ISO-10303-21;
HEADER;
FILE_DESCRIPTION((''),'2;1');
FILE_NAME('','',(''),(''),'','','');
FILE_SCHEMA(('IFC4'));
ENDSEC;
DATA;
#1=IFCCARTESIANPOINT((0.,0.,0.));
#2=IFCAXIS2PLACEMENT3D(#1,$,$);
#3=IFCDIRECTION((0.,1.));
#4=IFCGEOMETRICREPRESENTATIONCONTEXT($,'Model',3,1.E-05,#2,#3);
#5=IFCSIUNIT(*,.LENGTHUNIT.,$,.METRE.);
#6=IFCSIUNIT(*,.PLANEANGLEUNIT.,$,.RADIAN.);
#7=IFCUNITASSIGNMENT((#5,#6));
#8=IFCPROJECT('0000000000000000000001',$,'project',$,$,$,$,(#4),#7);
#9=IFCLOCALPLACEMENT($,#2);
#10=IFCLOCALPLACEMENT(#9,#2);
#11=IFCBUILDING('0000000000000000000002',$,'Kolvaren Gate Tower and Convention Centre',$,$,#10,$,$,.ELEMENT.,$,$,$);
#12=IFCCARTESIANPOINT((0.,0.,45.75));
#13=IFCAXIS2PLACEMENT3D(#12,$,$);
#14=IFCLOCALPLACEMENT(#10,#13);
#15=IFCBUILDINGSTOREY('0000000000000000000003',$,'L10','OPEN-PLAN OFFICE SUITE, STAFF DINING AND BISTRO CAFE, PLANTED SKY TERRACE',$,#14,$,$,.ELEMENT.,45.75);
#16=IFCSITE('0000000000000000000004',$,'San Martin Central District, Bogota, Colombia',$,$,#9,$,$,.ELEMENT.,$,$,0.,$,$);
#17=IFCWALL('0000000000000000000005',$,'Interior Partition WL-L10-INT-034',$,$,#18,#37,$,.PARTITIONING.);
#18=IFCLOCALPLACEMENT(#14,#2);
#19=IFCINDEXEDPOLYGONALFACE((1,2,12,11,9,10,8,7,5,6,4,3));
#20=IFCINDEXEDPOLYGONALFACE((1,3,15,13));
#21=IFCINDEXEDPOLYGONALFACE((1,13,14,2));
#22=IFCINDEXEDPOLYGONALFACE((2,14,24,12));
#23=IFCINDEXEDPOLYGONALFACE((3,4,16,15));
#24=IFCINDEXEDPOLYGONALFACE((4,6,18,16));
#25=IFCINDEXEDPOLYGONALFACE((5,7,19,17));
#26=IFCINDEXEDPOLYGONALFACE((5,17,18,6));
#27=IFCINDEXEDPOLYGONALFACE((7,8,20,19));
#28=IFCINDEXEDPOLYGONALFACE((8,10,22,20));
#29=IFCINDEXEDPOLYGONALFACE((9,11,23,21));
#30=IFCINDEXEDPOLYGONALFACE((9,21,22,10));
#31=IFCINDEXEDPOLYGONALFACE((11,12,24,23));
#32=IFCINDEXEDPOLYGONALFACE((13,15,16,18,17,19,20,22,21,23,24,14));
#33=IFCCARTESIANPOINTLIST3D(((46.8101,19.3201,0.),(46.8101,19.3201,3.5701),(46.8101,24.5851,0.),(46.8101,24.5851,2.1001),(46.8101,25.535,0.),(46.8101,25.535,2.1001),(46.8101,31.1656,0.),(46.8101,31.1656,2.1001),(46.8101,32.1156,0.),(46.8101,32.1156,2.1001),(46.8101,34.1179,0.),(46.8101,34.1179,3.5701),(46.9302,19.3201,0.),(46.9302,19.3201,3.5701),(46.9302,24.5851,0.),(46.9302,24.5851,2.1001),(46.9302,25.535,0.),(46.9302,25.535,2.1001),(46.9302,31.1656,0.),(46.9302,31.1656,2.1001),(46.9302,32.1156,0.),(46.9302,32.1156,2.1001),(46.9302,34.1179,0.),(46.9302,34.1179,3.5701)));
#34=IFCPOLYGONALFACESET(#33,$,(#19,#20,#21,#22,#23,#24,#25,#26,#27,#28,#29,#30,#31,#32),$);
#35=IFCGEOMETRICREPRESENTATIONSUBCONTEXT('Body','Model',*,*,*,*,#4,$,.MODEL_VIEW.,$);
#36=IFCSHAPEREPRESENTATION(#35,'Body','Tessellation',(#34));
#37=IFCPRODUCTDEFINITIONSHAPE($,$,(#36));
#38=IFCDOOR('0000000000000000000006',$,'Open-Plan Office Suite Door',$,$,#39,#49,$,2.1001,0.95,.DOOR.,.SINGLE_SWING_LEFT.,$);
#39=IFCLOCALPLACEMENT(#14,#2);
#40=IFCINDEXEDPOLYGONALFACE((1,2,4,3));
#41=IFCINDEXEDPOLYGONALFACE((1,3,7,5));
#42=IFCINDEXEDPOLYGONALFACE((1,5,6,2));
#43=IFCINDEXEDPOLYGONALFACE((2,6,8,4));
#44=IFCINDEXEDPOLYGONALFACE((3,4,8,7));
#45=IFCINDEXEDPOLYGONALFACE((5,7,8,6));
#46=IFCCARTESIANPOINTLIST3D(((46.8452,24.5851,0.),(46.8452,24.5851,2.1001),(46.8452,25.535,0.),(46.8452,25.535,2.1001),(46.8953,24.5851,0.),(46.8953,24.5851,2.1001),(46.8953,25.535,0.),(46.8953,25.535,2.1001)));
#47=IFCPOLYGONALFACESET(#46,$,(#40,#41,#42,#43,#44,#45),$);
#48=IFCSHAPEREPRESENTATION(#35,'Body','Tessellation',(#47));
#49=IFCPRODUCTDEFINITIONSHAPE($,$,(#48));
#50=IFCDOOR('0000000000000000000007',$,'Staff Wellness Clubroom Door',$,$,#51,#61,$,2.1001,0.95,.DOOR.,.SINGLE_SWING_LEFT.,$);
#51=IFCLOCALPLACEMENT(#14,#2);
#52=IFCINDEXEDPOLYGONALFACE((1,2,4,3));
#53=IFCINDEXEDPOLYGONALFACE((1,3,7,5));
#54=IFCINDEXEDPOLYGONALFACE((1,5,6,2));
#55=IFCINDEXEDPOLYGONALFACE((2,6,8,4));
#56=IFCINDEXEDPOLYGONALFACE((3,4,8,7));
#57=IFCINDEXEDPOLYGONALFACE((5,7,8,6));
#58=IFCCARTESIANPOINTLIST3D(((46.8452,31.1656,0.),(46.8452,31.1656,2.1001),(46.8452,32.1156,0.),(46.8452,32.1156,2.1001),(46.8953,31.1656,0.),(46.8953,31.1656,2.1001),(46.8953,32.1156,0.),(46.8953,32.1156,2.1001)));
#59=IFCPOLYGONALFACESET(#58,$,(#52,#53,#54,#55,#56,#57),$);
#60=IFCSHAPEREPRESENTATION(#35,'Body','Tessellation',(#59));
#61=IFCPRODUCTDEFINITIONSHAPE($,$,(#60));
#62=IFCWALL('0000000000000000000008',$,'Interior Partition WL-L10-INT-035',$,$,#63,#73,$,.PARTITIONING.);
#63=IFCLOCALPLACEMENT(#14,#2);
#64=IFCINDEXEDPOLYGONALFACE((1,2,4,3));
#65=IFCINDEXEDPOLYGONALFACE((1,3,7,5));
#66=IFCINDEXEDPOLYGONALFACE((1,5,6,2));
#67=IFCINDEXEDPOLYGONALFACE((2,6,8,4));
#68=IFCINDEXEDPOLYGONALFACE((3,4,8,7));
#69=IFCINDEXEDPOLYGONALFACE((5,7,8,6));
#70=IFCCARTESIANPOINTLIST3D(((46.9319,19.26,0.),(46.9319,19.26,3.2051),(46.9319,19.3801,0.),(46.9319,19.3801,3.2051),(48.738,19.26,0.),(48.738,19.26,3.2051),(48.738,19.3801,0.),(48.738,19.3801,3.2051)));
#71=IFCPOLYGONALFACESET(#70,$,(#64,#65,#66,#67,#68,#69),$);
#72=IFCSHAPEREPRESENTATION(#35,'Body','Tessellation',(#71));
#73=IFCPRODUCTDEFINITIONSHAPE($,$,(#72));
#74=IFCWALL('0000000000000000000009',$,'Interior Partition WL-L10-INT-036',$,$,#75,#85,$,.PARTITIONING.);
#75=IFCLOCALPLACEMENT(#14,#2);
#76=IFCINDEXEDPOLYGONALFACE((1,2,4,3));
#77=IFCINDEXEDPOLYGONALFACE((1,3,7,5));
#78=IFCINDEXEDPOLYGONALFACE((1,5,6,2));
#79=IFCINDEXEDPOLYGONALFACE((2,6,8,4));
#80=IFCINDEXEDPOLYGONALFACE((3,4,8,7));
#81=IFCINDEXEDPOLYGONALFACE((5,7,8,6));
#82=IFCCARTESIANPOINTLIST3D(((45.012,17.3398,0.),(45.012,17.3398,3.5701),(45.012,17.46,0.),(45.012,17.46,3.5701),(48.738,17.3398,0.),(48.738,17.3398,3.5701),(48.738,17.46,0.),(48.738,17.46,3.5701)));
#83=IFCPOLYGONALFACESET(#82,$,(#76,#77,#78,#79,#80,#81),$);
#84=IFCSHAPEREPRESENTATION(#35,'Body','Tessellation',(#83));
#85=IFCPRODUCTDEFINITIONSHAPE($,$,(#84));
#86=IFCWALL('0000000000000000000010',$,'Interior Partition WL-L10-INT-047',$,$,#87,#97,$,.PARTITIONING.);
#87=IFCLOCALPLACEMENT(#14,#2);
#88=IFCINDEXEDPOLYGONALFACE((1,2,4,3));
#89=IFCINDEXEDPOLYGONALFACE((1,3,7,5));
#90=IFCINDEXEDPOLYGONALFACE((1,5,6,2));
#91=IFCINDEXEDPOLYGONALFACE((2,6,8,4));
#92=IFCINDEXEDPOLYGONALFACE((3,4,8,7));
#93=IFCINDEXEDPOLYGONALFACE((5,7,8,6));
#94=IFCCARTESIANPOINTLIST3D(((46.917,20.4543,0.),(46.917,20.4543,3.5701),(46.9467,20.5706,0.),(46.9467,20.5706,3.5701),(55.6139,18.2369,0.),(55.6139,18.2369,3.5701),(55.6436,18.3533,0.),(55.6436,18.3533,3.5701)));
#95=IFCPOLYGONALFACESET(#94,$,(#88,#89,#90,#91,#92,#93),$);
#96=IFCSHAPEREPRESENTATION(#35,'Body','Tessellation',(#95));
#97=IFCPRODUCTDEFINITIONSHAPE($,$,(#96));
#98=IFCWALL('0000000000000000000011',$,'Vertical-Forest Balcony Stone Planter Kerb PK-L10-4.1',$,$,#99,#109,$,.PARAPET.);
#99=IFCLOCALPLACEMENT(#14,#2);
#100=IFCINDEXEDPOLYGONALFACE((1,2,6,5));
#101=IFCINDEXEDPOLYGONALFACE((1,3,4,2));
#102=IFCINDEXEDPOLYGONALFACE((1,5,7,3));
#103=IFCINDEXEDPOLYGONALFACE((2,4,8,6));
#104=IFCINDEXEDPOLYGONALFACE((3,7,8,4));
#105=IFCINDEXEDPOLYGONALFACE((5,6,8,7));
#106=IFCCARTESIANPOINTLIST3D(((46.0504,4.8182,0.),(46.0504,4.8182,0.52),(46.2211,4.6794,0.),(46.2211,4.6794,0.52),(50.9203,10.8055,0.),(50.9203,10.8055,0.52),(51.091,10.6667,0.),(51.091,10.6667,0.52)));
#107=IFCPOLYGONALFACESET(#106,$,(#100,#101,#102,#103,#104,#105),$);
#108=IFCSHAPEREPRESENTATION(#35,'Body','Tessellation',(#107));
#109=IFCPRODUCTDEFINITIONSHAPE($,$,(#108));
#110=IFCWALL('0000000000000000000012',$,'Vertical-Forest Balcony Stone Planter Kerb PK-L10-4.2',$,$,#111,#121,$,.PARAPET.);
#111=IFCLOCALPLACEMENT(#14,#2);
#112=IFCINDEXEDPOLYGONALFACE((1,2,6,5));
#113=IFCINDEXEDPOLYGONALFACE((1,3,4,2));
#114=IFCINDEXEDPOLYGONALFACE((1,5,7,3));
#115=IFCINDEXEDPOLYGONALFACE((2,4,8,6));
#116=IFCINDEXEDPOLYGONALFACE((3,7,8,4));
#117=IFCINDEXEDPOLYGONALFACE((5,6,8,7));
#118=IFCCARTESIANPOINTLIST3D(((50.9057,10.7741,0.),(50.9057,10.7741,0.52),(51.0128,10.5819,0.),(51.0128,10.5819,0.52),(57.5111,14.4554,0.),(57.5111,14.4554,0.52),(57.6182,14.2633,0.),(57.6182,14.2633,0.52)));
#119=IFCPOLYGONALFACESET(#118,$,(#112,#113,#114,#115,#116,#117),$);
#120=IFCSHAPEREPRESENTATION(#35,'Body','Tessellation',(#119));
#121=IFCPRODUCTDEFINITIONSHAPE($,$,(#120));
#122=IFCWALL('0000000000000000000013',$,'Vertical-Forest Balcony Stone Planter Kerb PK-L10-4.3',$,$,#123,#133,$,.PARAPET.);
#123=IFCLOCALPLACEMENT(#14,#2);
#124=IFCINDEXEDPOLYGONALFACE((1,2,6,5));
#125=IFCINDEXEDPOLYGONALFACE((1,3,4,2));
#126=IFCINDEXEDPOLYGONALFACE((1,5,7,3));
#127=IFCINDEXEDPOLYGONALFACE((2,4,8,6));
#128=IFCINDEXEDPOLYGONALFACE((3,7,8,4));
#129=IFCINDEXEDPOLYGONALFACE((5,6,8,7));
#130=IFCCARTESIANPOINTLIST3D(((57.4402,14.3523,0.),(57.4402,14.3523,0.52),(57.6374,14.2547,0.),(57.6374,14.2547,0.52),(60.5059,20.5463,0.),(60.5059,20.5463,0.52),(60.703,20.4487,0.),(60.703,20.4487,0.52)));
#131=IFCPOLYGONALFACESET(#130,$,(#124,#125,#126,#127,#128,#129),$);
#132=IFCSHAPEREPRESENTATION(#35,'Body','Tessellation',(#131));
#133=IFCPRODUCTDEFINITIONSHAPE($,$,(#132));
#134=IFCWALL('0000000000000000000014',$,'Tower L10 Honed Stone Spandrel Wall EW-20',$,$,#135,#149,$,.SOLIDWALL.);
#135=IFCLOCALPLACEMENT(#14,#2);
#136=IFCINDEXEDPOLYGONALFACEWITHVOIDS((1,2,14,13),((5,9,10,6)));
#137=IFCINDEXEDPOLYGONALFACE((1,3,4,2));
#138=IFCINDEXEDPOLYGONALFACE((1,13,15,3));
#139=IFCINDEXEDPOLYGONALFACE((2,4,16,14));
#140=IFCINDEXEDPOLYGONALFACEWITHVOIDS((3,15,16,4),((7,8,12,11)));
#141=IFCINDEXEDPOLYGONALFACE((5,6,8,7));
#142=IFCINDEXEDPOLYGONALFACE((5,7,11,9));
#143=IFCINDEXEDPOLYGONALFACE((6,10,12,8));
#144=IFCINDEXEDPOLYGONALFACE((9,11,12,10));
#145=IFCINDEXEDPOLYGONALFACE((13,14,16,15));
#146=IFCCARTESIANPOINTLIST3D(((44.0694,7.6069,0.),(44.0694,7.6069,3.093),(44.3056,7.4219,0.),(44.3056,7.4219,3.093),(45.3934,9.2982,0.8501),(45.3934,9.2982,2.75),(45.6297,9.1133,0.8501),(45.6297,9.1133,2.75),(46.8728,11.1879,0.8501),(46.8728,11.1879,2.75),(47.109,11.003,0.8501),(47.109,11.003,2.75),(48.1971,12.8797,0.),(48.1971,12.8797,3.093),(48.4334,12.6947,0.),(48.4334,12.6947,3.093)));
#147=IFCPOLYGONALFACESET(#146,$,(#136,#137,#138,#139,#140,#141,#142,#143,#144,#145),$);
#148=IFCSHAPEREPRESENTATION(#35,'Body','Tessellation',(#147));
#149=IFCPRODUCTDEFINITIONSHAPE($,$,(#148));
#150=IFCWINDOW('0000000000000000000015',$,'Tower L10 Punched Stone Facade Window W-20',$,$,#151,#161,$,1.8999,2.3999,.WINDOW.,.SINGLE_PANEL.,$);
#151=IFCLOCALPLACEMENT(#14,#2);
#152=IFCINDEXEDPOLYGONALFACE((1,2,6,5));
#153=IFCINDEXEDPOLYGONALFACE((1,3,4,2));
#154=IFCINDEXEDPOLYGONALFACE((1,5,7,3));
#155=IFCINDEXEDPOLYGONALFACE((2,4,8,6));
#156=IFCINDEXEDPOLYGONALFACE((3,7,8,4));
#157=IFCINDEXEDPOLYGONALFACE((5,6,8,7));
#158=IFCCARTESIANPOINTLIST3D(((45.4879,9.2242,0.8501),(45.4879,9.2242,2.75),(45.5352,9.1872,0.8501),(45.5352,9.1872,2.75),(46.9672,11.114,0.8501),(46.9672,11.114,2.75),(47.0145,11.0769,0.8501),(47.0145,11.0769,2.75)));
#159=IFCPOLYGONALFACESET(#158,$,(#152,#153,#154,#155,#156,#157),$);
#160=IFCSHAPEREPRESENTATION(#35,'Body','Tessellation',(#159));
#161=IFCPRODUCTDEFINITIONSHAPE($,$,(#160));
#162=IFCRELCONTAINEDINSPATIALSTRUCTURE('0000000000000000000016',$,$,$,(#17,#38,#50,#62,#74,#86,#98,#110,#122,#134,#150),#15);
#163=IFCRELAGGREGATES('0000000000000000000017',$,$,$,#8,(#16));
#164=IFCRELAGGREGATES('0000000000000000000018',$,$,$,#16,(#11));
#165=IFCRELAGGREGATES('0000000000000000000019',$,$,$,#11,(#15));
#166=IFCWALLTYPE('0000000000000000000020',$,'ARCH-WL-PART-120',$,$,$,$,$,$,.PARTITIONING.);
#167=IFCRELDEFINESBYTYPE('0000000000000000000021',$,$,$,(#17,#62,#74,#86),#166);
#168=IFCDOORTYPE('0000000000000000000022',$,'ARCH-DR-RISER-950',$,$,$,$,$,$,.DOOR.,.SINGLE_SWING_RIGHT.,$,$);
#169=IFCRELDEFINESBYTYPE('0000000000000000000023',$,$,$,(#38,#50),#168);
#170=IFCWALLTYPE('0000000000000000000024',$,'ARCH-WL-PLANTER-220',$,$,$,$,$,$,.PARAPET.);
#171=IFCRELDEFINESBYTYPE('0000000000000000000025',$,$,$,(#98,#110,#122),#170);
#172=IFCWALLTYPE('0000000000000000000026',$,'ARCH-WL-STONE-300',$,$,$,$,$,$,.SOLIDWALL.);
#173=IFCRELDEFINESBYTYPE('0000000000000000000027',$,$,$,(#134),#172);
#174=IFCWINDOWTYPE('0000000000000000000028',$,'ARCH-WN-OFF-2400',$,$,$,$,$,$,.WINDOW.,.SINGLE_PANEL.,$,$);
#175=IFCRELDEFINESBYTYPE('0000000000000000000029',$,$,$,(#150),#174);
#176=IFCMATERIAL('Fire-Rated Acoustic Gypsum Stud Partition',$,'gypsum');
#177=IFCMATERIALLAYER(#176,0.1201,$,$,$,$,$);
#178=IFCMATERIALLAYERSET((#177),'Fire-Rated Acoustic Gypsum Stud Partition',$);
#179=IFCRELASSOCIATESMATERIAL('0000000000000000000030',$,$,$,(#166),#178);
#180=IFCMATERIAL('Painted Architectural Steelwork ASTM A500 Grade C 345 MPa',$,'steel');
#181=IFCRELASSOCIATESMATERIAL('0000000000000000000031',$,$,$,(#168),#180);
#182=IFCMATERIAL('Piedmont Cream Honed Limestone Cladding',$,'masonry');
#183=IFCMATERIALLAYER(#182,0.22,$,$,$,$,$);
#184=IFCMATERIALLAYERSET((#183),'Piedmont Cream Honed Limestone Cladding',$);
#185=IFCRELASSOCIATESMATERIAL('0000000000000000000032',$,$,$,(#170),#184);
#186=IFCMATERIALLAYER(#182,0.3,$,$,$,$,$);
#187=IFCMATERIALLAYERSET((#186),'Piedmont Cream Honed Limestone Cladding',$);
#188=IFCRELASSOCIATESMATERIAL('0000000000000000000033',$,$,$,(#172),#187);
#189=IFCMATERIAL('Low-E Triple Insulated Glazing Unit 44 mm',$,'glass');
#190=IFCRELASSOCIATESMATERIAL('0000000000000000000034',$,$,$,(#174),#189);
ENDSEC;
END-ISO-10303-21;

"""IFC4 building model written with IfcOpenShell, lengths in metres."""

from ifc_helpers import new_model, si_unit, direction, frame, frame_2d, origin, place, context, subcontext, project, spatial, rectangle, extrude, material, layer, layer_set, type_object, element, fill, save


model = new_model("IFC4")

# Units and contexts
model_context = context("Model", 3, precision=1e-05, world=origin(), true_north=direction((0.0, 1.0)))
body_context = subcontext(model_context, "Body", "Model", "MODEL_VIEW")
ifc_project = project(units=[si_unit("LENGTHUNIT", "METRE"), si_unit("PLANEANGLEUNIT", "RADIAN")], contexts=[model_context])

# Site, building, storey
site_placement = place(None, origin())
site = spatial("IfcSite", under=ifc_project, at=site_placement, Name="San Martin Central District, Bogota, Colombia", CompositionType="ELEMENT", RefElevation=0.0)
building_placement = place(site_placement, origin())
building = spatial("IfcBuilding", under=site, at=building_placement, Name="Kolvaren Gate Tower and Convention Centre", CompositionType="ELEMENT")
storey_placement = place(building_placement, frame((0.0, 0.0, 45.75)))
storey = spatial("IfcBuildingStorey", under=building, at=storey_placement, Name="L10", Description="OPEN-PLAN OFFICE SUITE, STAFF DINING AND BISTRO CAFE, PLANTED SKY TERRACE", CompositionType="ELEMENT", Elevation=45.75)

# Shared definitions
ifc_material_1 = material(Name="Fire-Rated Acoustic Gypsum Stud Partition", Category="gypsum")
ifc_layer_1 = layer(ifc_material_1, 0.1201)
ifc_layer_set_1 = layer_set([ifc_layer_1], Name="Fire-Rated Acoustic Gypsum Stud Partition")
wall_type_1 = type_object("IfcWallType", Name="ARCH-WL-PART-120", PredefinedType="PARTITIONING", material=ifc_layer_set_1)
ifc_material_2 = material(Name="Painted Architectural Steelwork ASTM A500 Grade C 345 MPa", Category="steel")
door_type_1 = type_object("IfcDoorType", Name="ARCH-DR-RISER-950", OperationType="SINGLE_SWING_RIGHT", PredefinedType="DOOR", material=ifc_material_2)

# Wall, openings, doors
wall_1_placement = place(storey_placement, frame((46.8701, 19.3201, 0.0), z_axis=(0.0, 0.0, 1.0), x_axis=(0.0, 1.0, 0.0)))
wall_1 = element("IfcWall", 1, at=wall_1_placement, inside=storey, type_object=wall_type_1, Name="Interior Partition WL-L10-INT-034", PredefinedType="PARTITIONING", context=body_context, shape_type="SweptSolid", body=[
    extrude(rectangle(XDim=14.7979, YDim=0.1201, at=frame_2d((7.3989, 0.0))), origin(), (0.0, 0.0, 1.0), 3.5701),
])
opening_1_placement = place(wall_1_placement, frame((5.2649, 0.0, 0.0)))
opening_1 = element("IfcOpeningElement", 2, at=opening_1_placement, cuts=wall_1, PredefinedType="OPENING", context=body_context, shape_type="SweptSolid", body=[
    extrude(rectangle(XDim=0.95, YDim=2.1001, at=frame_2d((0.4751, 1.05))), frame((0.0, 0.0701, 0.0), z_axis=(0.0, -1.0, 0.0), x_axis=(1.0, 0.0, 0.0)), (0.0, 0.0, 1.0), 0.1401),
])
opening_2_placement = place(wall_1_placement, frame((11.8455, 0.0, 0.0)))
opening_2 = element("IfcOpeningElement", 3, at=opening_2_placement, cuts=wall_1, PredefinedType="OPENING", context=body_context, shape_type="SweptSolid", body=[
    extrude(rectangle(XDim=0.95, YDim=2.1001, at=frame_2d((0.4751, 1.05))), frame((0.0, 0.0701, 0.0), z_axis=(0.0, -1.0, 0.0), x_axis=(1.0, 0.0, 0.0)), (0.0, 0.0, 1.0), 0.1401),
])
door_1_placement = place(opening_1_placement, origin())
door_1 = element("IfcDoor", 4, at=door_1_placement, inside=storey, type_object=door_type_1, Name="Open-Plan Office Suite Door", OperationType="SINGLE_SWING_LEFT", OverallHeight=2.1001, OverallWidth=0.95, PredefinedType="DOOR", context=body_context, shape_type="SweptSolid", body=[
    extrude(rectangle(XDim=0.95, YDim=2.1001, at=frame_2d((0.4751, 1.05))), frame((0.0, 0.0249, 0.0), z_axis=(0.0, -1.0, 0.0), x_axis=(1.0, 0.0, 0.0)), (0.0, 0.0, 1.0), 0.05),
])
fill(opening_1, door_1)
door_2_placement = place(opening_2_placement, origin())
door_2 = element("IfcDoor", 5, at=door_2_placement, inside=storey, type_object=door_type_1, Name="Staff Wellness Clubroom Door", OperationType="SINGLE_SWING_LEFT", OverallHeight=2.1001, OverallWidth=0.95, PredefinedType="DOOR", context=body_context, shape_type="SweptSolid", body=[
    extrude(rectangle(XDim=0.95, YDim=2.1001, at=frame_2d((0.4751, 1.05))), frame((0.0, 0.0249, 0.0), z_axis=(0.0, -1.0, 0.0), x_axis=(1.0, 0.0, 0.0)), (0.0, 0.0, 1.0), 0.05),
])
fill(opening_2, door_2)

# Walls
wall_2_placement = place(storey_placement, frame((46.9319, 19.3201, 0.0), z_axis=(0.0, 0.0, 1.0), x_axis=(1.0, 0.0, 0.0)))
element("IfcWall", 6, at=wall_2_placement, inside=storey, type_object=wall_type_1, Name="Interior Partition WL-L10-INT-035", PredefinedType="PARTITIONING", context=body_context, shape_type="SweptSolid", body=[
    extrude(rectangle(XDim=1.8062, YDim=0.1201, at=frame_2d((0.9031, 0.0))), origin(), (0.0, 0.0, 1.0), 3.2051),
])
wall_3_placement = place(storey_placement, frame((45.012, 17.3999, 0.0), z_axis=(0.0, 0.0, 1.0), x_axis=(1.0, 0.0, 0.0)))
element("IfcWall", 7, at=wall_3_placement, inside=storey, type_object=wall_type_1, Name="Interior Partition WL-L10-INT-036", PredefinedType="PARTITIONING", context=body_context, shape_type="SweptSolid", body=[
    extrude(rectangle(XDim=3.7261, YDim=0.1201, at=frame_2d((1.863, 0.0))), origin(), (0.0, 0.0, 1.0), 3.5701),
])
wall_4_placement = place(storey_placement, frame((46.9319, 20.5125, 0.0), z_axis=(0.0, 0.0, 1.0), x_axis=(0.969002, -0.247052, 0.0)))
element("IfcWall", 8, at=wall_4_placement, inside=storey, type_object=wall_type_1, Name="Interior Partition WL-L10-INT-047", PredefinedType="PARTITIONING", context=body_context, shape_type="SweptSolid", body=[
    extrude(rectangle(XDim=8.9751, YDim=0.1201, at=frame_2d((4.4875, 0.0))), origin(), (0.0, 0.0, 1.0), 3.5701),
])
ifc_material_3 = material(Name="Piedmont Cream Honed Limestone Cladding", Category="masonry")
ifc_layer_2 = layer(ifc_material_3, 0.22)
ifc_layer_set_2 = layer_set([ifc_layer_2], Name="Piedmont Cream Honed Limestone Cladding")
wall_type_2 = type_object("IfcWallType", Name="ARCH-WL-PLANTER-220", PredefinedType="PARAPET", material=ifc_layer_set_2)
wall_5_placement = place(storey_placement, frame((46.1357, 4.7488, 0.0), z_axis=(0.0, 0.0, 1.0), x_axis=(0.630997, 0.775785, 0.0)))
element("IfcWall", 9, at=wall_5_placement, inside=storey, type_object=wall_type_2, Name="Vertical-Forest Balcony Stone Planter Kerb PK-L10-4.1", PredefinedType="PARAPET", context=body_context, shape_type="SweptSolid", body=[
    extrude(rectangle(XDim=7.7178, YDim=0.22, at=frame_2d((3.8589, 0.0))), origin(), (0.0, 0.0, 1.0), 0.52),
])
wall_6_placement = place(storey_placement, frame((50.9592, 10.678, 0.0), z_axis=(0.0, 0.0, 1.0), x_axis=(0.8735, 0.486824, 0.0)))
element("IfcWall", 10, at=wall_6_placement, inside=storey, type_object=wall_type_2, Name="Vertical-Forest Balcony Stone Planter Kerb PK-L10-4.2", PredefinedType="PARAPET", context=body_context, shape_type="SweptSolid", body=[
    extrude(rectangle(XDim=7.562, YDim=0.22, at=frame_2d((3.781, 0.0))), origin(), (0.0, 0.0, 1.0), 0.52),
])
wall_7_placement = place(storey_placement, frame((57.5388, 14.3035, 0.0), z_axis=(0.0, 0.0, 1.0), x_axis=(0.443578, 0.896236, 0.0)))
element("IfcWall", 11, at=wall_7_placement, inside=storey, type_object=wall_type_2, Name="Vertical-Forest Balcony Stone Planter Kerb PK-L10-4.3", PredefinedType="PARAPET", context=body_context, shape_type="SweptSolid", body=[
    extrude(rectangle(XDim=6.9111, YDim=0.22, at=frame_2d((3.4556, 0.0))), origin(), (0.0, 0.0, 1.0), 0.52),
])

# Wall, opening, window
ifc_layer_3 = layer(ifc_material_3, 0.3)
ifc_layer_set_3 = layer_set([ifc_layer_3], Name="Piedmont Cream Honed Limestone Cladding")
wall_type_3 = type_object("IfcWallType", Name="ARCH-WL-STONE-300", PredefinedType="SOLIDWALL", material=ifc_layer_set_3)
wall_8_placement = place(storey_placement, frame((44.1875, 7.5144, 0.0), z_axis=(0.0, 0.0, 1.0), x_axis=(0.616421, 0.787417, 0.0)))
wall_8 = element("IfcWall", 12, at=wall_8_placement, inside=storey, type_object=wall_type_3, Name="Tower L10 Honed Stone Spandrel Wall EW-20", PredefinedType="SOLIDWALL", context=body_context, shape_type="SweptSolid", body=[
    extrude(rectangle(XDim=6.6963, YDim=0.3, at=frame_2d((3.3481, 0.0))), origin(), (0.0, 0.0, 1.0), 3.093),
])
opening_3_placement = place(wall_8_placement, frame((2.1479, 0.0, 0.8501)))
opening_3 = element("IfcOpeningElement", 13, at=opening_3_placement, cuts=wall_8, PredefinedType="OPENING", context=body_context, shape_type="SweptSolid", body=[
    extrude(rectangle(XDim=2.3999, YDim=1.8999, at=frame_2d((1.2, 0.95))), frame((0.0, 0.1599, 0.0), z_axis=(0.0, -1.0, 0.0), x_axis=(1.0, 0.0, 0.0)), (0.0, 0.0, 1.0), 0.3201),
])
ifc_material_4 = material(Name="Low-E Triple Insulated Glazing Unit 44 mm", Category="glass")
window_type = type_object("IfcWindowType", Name="ARCH-WN-OFF-2400", PartitioningType="SINGLE_PANEL", PredefinedType="WINDOW", material=ifc_material_4)
window_1_placement = place(opening_3_placement, origin())
window_1 = element("IfcWindow", 14, at=window_1_placement, inside=storey, type_object=window_type, Name="Tower L10 Punched Stone Facade Window W-20", OverallHeight=1.8999, OverallWidth=2.3999, PartitioningType="SINGLE_PANEL", PredefinedType="WINDOW", context=body_context, shape_type="SweptSolid", body=[
    extrude(rectangle(XDim=2.3999, YDim=1.8999, at=frame_2d((1.2, 0.95))), frame((0.0, 0.03, 0.0), z_axis=(0.0, -1.0, 0.0), x_axis=(1.0, 0.0, 0.0)), (0.0, 0.0, 1.0), 0.0601),
])
fill(opening_3, window_1)

save(model, "model.ifc")
